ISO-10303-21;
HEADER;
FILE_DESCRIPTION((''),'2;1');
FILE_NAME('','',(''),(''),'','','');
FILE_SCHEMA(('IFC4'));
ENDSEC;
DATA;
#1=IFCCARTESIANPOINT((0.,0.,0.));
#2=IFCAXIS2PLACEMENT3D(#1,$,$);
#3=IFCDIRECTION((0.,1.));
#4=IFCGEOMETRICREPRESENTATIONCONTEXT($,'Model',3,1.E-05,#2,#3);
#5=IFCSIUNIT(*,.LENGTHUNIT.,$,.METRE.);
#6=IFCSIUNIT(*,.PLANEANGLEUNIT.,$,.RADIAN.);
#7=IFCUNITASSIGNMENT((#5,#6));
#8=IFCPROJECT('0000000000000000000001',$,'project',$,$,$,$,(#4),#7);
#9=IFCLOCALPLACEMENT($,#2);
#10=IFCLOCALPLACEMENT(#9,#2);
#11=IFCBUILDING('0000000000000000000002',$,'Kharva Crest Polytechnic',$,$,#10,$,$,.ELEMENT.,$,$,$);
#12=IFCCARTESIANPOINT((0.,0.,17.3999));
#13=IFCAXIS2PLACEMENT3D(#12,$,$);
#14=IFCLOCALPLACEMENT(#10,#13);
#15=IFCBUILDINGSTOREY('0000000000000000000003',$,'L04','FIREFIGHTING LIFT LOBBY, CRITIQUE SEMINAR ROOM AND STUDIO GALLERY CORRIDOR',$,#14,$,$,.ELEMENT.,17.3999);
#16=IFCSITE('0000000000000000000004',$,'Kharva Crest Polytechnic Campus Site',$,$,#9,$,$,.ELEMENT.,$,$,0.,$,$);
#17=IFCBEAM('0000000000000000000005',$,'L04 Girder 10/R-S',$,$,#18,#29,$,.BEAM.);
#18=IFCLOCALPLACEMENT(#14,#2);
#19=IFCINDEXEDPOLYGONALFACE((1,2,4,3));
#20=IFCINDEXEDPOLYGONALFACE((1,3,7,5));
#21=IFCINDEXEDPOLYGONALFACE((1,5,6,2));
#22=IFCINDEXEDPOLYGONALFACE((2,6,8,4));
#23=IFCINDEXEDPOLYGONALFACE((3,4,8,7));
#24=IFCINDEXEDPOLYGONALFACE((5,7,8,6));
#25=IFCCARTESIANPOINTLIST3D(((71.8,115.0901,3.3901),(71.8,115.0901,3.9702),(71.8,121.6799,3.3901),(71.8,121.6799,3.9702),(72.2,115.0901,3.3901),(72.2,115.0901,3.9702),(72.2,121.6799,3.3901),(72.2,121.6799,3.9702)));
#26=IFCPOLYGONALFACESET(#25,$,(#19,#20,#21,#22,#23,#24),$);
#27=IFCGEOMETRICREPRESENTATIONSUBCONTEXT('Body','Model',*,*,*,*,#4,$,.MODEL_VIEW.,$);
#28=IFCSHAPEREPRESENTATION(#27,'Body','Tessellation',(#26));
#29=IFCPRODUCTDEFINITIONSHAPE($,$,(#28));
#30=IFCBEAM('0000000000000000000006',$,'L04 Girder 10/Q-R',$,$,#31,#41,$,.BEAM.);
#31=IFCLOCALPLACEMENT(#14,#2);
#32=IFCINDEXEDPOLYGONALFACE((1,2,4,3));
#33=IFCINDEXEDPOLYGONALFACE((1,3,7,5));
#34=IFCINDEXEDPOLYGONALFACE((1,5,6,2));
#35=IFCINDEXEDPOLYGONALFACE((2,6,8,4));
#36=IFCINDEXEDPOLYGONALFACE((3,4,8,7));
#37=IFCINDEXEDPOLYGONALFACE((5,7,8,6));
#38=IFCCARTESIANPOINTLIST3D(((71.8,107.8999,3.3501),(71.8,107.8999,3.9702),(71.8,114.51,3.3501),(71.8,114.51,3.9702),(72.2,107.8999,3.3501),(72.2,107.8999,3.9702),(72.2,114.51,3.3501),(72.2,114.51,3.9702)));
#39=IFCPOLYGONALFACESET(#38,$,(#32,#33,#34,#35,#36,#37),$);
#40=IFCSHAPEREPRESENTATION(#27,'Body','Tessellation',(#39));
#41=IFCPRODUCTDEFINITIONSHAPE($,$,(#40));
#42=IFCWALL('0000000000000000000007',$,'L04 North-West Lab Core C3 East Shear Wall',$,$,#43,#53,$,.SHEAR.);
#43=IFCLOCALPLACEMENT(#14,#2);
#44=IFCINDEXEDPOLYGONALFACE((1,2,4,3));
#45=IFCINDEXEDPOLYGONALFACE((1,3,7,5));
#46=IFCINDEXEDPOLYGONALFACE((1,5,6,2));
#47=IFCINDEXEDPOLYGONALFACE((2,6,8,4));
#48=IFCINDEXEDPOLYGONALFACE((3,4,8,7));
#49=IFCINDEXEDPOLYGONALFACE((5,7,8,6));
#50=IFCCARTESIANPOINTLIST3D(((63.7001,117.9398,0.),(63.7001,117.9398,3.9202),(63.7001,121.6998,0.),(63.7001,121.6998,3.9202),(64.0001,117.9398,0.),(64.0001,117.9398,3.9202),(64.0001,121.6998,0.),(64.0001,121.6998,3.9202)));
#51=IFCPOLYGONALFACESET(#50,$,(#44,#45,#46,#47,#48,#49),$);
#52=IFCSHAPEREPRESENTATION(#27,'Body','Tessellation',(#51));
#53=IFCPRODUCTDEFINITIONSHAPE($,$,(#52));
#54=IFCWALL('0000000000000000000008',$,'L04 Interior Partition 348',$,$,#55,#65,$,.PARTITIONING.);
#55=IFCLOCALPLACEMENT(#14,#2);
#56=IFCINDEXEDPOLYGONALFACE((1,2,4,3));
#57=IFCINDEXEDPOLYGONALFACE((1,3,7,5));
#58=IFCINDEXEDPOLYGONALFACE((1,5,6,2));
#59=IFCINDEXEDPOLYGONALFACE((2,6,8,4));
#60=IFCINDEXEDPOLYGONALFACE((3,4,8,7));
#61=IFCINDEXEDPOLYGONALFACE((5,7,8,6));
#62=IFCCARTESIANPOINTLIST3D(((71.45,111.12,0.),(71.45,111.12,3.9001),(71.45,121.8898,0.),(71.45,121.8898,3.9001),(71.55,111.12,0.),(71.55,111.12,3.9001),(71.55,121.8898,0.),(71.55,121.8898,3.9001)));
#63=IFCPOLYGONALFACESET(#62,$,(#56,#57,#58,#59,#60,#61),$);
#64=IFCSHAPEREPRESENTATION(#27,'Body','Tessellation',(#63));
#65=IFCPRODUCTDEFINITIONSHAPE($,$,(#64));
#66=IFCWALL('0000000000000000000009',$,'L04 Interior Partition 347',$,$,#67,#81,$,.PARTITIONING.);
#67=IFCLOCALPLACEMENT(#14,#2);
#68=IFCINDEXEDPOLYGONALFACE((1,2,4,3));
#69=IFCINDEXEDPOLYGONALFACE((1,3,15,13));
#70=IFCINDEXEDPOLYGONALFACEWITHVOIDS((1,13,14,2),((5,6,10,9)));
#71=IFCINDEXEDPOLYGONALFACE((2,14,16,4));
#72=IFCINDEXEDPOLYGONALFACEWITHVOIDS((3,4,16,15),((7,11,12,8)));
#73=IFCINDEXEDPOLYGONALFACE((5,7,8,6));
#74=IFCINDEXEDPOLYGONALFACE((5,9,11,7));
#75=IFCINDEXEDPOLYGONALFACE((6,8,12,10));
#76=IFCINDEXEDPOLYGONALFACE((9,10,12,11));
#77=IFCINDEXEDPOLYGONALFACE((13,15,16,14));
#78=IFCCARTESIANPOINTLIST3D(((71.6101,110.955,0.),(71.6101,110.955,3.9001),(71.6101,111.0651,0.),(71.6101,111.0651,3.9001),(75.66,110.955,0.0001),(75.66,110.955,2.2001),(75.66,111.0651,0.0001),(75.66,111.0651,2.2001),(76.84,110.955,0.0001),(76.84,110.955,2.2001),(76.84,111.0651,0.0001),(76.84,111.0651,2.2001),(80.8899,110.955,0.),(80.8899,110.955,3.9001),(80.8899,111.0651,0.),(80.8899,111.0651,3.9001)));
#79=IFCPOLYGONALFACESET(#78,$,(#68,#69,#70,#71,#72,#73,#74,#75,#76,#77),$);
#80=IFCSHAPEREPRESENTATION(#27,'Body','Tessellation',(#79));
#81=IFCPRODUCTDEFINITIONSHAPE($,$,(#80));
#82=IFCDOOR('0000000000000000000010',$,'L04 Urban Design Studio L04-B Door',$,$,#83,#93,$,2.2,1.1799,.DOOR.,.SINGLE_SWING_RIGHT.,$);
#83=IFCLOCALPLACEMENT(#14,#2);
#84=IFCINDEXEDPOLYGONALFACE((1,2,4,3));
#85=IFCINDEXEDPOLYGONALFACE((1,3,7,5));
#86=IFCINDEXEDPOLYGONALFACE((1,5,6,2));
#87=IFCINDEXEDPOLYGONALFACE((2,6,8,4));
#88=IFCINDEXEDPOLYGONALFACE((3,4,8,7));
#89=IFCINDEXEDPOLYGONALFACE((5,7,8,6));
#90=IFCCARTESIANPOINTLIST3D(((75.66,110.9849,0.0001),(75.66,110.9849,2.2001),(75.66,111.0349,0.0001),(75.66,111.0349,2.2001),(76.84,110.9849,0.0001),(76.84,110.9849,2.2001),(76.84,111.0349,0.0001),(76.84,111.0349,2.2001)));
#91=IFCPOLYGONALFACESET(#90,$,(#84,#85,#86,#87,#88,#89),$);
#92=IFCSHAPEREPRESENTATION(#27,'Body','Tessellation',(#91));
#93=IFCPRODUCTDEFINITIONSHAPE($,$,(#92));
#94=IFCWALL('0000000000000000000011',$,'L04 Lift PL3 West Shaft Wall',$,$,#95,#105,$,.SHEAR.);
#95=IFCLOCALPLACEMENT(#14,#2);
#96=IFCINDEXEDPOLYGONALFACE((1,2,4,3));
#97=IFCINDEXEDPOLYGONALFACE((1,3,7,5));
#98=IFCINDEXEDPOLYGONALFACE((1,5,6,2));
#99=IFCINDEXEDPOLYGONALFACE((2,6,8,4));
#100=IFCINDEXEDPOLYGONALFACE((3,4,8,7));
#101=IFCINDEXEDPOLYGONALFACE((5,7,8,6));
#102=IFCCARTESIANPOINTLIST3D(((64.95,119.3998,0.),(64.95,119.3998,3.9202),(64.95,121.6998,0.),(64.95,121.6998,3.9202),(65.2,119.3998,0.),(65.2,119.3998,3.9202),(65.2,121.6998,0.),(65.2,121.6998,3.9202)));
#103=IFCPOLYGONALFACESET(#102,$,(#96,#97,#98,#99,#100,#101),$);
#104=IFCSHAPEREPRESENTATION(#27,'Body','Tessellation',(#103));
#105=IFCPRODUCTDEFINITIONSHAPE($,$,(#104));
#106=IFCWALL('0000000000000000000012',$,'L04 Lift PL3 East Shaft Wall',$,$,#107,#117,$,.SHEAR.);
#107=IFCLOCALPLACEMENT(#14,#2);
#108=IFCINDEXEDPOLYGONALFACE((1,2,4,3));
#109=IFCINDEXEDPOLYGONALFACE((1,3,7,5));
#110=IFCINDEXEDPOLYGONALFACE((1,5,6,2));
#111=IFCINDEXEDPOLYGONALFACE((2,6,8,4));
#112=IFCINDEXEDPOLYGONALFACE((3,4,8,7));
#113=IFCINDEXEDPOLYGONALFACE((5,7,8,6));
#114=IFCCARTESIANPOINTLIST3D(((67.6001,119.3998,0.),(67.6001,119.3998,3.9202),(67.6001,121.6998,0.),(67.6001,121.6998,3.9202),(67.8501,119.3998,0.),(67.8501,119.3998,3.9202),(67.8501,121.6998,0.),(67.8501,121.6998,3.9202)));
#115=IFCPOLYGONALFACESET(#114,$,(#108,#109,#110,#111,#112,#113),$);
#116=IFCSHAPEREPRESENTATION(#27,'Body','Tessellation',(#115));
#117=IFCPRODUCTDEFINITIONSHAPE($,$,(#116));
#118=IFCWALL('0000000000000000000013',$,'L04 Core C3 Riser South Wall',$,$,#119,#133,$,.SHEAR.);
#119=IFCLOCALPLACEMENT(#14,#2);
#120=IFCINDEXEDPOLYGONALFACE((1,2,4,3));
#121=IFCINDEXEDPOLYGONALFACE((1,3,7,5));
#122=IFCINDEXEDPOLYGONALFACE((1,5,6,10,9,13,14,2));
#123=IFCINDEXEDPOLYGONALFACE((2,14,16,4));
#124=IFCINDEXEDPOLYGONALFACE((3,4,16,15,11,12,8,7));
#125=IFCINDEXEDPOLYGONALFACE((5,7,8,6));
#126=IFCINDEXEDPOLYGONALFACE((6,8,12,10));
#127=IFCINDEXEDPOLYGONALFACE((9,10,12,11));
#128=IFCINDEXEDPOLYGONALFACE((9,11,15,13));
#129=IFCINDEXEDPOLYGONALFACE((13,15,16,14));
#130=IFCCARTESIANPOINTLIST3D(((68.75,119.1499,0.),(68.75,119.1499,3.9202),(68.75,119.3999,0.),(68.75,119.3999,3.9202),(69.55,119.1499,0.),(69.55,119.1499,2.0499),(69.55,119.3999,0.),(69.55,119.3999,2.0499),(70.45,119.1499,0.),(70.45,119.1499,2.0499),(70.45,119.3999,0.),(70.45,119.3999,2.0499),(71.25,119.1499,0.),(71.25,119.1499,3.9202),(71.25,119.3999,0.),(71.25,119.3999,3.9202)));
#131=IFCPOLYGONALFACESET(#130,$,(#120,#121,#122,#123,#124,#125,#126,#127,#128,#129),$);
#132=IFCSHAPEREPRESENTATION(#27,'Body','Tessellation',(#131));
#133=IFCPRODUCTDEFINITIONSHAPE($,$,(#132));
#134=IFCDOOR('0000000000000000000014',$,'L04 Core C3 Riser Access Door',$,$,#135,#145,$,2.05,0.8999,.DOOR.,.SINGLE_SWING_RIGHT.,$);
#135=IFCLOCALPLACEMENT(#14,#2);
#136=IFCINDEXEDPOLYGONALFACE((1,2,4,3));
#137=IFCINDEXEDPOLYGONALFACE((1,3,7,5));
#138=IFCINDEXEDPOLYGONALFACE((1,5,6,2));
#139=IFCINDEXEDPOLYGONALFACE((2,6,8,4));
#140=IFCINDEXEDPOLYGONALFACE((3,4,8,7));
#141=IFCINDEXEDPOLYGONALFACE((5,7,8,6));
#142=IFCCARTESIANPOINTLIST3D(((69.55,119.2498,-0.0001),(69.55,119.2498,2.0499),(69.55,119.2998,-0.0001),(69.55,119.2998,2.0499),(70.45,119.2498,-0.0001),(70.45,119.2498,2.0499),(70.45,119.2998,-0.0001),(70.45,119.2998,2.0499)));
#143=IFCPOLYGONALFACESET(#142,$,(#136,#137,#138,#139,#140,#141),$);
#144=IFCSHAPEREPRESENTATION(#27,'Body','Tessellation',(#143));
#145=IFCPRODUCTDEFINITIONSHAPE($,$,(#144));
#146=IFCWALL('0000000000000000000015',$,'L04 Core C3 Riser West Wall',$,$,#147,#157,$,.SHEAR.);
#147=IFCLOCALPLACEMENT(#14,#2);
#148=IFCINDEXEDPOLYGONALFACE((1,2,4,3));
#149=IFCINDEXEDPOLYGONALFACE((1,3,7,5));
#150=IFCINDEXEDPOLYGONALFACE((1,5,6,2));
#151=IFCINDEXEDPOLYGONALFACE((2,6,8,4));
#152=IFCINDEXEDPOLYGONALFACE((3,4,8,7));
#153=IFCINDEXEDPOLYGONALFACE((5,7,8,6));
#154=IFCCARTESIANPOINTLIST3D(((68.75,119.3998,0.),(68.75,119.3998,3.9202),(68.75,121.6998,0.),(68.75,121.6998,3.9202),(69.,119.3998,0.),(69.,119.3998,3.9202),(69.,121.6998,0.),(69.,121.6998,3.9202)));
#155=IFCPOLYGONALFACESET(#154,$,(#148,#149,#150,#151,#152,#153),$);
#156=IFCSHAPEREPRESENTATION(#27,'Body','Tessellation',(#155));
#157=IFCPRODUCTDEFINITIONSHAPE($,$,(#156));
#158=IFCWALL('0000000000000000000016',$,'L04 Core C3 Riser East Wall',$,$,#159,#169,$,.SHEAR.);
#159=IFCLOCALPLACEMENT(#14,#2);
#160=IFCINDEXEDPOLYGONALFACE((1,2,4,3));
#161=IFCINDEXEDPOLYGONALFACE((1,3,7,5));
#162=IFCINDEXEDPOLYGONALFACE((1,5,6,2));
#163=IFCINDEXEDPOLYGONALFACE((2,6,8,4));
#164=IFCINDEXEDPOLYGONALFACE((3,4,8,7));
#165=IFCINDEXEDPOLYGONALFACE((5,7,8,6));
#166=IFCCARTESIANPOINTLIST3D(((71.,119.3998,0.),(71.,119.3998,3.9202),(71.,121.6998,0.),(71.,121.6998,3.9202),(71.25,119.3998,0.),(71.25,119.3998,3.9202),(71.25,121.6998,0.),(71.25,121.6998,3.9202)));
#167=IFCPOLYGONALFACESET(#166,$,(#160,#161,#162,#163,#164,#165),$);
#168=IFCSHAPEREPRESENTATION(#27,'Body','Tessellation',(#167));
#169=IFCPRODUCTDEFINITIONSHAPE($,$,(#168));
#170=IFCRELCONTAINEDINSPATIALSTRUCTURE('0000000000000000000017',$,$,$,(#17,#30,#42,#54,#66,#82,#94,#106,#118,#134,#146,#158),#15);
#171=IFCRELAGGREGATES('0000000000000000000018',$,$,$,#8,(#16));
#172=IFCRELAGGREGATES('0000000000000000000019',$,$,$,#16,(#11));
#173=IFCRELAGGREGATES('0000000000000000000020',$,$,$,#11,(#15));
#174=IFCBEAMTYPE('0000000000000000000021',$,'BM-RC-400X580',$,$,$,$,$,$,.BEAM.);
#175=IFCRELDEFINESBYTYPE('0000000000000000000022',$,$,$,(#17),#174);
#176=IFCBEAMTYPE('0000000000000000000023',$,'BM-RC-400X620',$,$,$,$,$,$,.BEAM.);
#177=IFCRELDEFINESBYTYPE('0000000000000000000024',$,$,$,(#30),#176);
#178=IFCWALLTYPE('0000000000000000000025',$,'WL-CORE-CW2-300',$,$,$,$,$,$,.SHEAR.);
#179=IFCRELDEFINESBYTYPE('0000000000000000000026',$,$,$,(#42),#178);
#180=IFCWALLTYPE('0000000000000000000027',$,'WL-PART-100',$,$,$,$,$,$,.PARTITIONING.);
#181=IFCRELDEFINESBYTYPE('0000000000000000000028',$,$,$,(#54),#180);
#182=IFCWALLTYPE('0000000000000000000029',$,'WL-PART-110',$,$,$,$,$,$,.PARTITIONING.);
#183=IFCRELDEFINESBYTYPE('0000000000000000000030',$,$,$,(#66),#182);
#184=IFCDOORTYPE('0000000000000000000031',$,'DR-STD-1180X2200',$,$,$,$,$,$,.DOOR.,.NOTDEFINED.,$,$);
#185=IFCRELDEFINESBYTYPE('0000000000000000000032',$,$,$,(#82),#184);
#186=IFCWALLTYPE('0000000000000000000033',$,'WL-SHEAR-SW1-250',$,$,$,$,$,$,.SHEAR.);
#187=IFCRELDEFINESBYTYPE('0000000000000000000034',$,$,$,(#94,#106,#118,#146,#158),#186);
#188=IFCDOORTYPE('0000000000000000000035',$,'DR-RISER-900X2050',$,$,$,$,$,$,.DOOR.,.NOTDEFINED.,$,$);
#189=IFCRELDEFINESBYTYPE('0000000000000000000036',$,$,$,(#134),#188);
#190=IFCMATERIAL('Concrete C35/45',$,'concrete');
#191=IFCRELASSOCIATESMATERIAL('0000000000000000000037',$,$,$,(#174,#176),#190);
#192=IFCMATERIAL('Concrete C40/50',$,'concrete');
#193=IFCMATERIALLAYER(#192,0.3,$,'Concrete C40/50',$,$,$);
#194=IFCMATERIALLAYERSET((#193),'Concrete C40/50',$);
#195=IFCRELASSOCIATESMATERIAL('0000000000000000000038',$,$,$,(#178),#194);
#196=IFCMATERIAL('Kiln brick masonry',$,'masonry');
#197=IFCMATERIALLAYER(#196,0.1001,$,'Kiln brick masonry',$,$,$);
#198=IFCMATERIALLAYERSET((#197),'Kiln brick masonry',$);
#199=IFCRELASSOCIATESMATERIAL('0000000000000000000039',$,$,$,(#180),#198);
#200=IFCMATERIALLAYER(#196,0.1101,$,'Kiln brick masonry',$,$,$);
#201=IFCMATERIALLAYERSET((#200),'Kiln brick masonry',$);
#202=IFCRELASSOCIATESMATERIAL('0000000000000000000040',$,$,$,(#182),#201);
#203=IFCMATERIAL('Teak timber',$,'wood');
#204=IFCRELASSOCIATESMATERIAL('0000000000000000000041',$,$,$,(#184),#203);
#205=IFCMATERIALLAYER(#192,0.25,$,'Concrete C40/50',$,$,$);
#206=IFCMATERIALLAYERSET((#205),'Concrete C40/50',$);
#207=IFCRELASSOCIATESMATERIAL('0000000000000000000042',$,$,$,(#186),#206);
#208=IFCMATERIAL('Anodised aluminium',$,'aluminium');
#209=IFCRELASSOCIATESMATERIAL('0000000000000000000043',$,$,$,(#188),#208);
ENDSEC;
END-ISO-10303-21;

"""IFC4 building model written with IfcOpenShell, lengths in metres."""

from ifc_helpers import new_model, si_unit, direction, frame, frame_2d, origin, origin_2d, place, context, subcontext, project, spatial, rectangle, extrude, material, layer, layer_set, material_profile, profile_set, type_object, element, fill, save


model = new_model("IFC4")

# Units and contexts
model_context = context("Model", 3, precision=1e-05, world=origin(), true_north=direction((0.0, 1.0)))
body_context = subcontext(model_context, "Body", "Model", "MODEL_VIEW")
ifc_project = project(units=[si_unit("LENGTHUNIT", "METRE"), si_unit("PLANEANGLEUNIT", "RADIAN")], contexts=[model_context])

# Site, building, storey
site_placement = place(None, origin())
site = spatial("IfcSite", under=ifc_project, at=site_placement, Name="Kharva Crest Polytechnic Campus Site", CompositionType="ELEMENT", RefElevation=0.0)
building_placement = place(site_placement, origin())
building = spatial("IfcBuilding", under=site, at=building_placement, Name="Kharva Crest Polytechnic", CompositionType="ELEMENT")
storey_placement = place(building_placement, frame((0.0, 0.0, 17.3999)))
storey = spatial("IfcBuildingStorey", under=building, at=storey_placement, Name="L04", Description="FIREFIGHTING LIFT LOBBY, CRITIQUE SEMINAR ROOM AND STUDIO GALLERY CORRIDOR", CompositionType="ELEMENT", Elevation=17.3999)

# Shared definitions
ifc_material_1 = material(Name="Concrete C40/50", Category="concrete")

# Beams
ifc_material_2 = material(Name="Concrete C35/45", Category="concrete")
ifc_material_profile_1 = material_profile(ifc_material_2, rectangle(XDim=0.3999, YDim=0.5801, at=origin_2d()), Name="RECT 400 X 580")
ifc_profile_set_1 = profile_set([ifc_material_profile_1], Name="Concrete C35/45")
beam_type_1 = type_object("IfcBeamType", Name="BM-RC-400X580", PredefinedType="BEAM", material=ifc_profile_set_1)
beam_1_placement = place(storey_placement, frame((72.0, 115.0901, 3.6802), z_axis=(0.0, 1.0, 0.0), x_axis=(-1.0, 0.0, 0.0)))
element("IfcBeam", 1, at=beam_1_placement, inside=storey, type_object=beam_type_1, Name="L04 Girder 10/R-S", PredefinedType="BEAM", context=body_context, shape_type="SweptSolid", body=[
    extrude(rectangle(XDim=0.3999, YDim=0.5801, at=origin_2d()), origin(), (0.0, 0.0, 1.0), 6.5898),
])
ifc_material_profile_2 = material_profile(ifc_material_2, rectangle(XDim=0.3999, YDim=0.6201, at=origin_2d()), Name="RECT 400 X 620")
ifc_profile_set_2 = profile_set([ifc_material_profile_2], Name="Concrete C35/45")
beam_type_2 = type_object("IfcBeamType", Name="BM-RC-400X620", PredefinedType="BEAM", material=ifc_profile_set_2)
beam_2_placement = place(storey_placement, frame((72.0, 107.8999, 3.6602), z_axis=(0.0, 1.0, 0.0), x_axis=(-1.0, 0.0, 0.0)))
element("IfcBeam", 2, at=beam_2_placement, inside=storey, type_object=beam_type_2, Name="L04 Girder 10/Q-R", PredefinedType="BEAM", context=body_context, shape_type="SweptSolid", body=[
    extrude(rectangle(XDim=0.3999, YDim=0.6201, at=origin_2d()), origin(), (0.0, 0.0, 1.0), 6.6101),
])

# Walls
ifc_layer_1 = layer(ifc_material_1, 0.3, Name="Concrete C40/50")
ifc_layer_set_1 = layer_set([ifc_layer_1], Name="Concrete C40/50")
wall_type_1 = type_object("IfcWallType", Name="WL-CORE-CW2-300", PredefinedType="SHEAR", material=ifc_layer_set_1)
wall_1_placement = place(storey_placement, frame((63.8501, 117.9399, 0.0), z_axis=(0.0, 0.0, 1.0), x_axis=(0.0, 1.0, 0.0)))
element("IfcWall", 3, at=wall_1_placement, inside=storey, type_object=wall_type_1, Name="L04 North-West Lab Core C3 East Shear Wall", PredefinedType="SHEAR", context=body_context, shape_type="SweptSolid", body=[
    extrude(rectangle(XDim=3.76, YDim=0.3, at=frame_2d((1.8799, 0.0))), origin(), (0.0, 0.0, 1.0), 3.9202),
])
ifc_material_3 = material(Name="Kiln brick masonry", Category="masonry")
ifc_layer_2 = layer(ifc_material_3, 0.1001, Name="Kiln brick masonry")
ifc_layer_set_2 = layer_set([ifc_layer_2], Name="Kiln brick masonry")
wall_type_2 = type_object("IfcWallType", Name="WL-PART-100", PredefinedType="PARTITIONING", material=ifc_layer_set_2)
wall_2_placement = place(storey_placement, frame((71.5, 111.1201, 0.0), z_axis=(0.0, 0.0, 1.0), x_axis=(0.0, 1.0, 0.0)))
element("IfcWall", 4, at=wall_2_placement, inside=storey, type_object=wall_type_2, Name="L04 Interior Partition 348", PredefinedType="PARTITIONING", context=body_context, shape_type="SweptSolid", body=[
    extrude(rectangle(XDim=10.7698, YDim=0.1001, at=frame_2d((5.3848, 0.0))), origin(), (0.0, 0.0, 1.0), 3.9001),
])

# Wall, opening, door
ifc_layer_3 = layer(ifc_material_3, 0.1101, Name="Kiln brick masonry")
ifc_layer_set_3 = layer_set([ifc_layer_3], Name="Kiln brick masonry")
wall_type_3 = type_object("IfcWallType", Name="WL-PART-110", PredefinedType="PARTITIONING", material=ifc_layer_set_3)
wall_3_placement = place(storey_placement, frame((71.6101, 111.01, 0.0), z_axis=(0.0, 0.0, 1.0), x_axis=(1.0, 0.0, 0.0)))
wall_3 = element("IfcWall", 5, at=wall_3_placement, inside=storey, type_object=wall_type_3, Name="L04 Interior Partition 347", PredefinedType="PARTITIONING", context=body_context, shape_type="SweptSolid", body=[
    extrude(rectangle(XDim=9.2798, YDim=0.1101, at=frame_2d((4.6399, 0.0))), origin(), (0.0, 0.0, 1.0), 3.9001),
])
opening_1_placement = place(wall_3_placement, frame((4.05, 0.0, 0.0)))
opening_1 = element("IfcOpeningElement", 6, at=opening_1_placement, cuts=wall_3, PredefinedType="OPENING", context=body_context, shape_type="SweptSolid", body=[
    extrude(rectangle(XDim=1.1799, YDim=2.2, at=frame_2d((0.5898, 1.1001))), frame((0.0, 0.0649, 0.0), z_axis=(0.0, -1.0, 0.0), x_axis=(1.0, 0.0, 0.0)), (0.0, 0.0, 1.0), 0.1301),
])
ifc_material_4 = material(Name="Teak timber", Category="wood")
door_type_1 = type_object("IfcDoorType", Name="DR-STD-1180X2200", OperationType="NOTDEFINED", PredefinedType="DOOR", material=ifc_material_4)
door_1_placement = place(opening_1_placement, origin())
door_1 = element("IfcDoor", 7, at=door_1_placement, inside=storey, type_object=door_type_1, Name="L04 Urban Design Studio L04-B Door", OperationType="SINGLE_SWING_RIGHT", OverallHeight=2.2, OverallWidth=1.1799, PredefinedType="DOOR", context=body_context, shape_type="SweptSolid", body=[
    extrude(rectangle(XDim=1.1799, YDim=2.2, at=frame_2d((0.5898, 1.1001))), frame((0.0, 0.0249, 0.0), z_axis=(0.0, -1.0, 0.0), x_axis=(1.0, 0.0, 0.0)), (0.0, 0.0, 1.0), 0.05),
])
fill(opening_1, door_1)
ifc_layer_4 = layer(ifc_material_1, 0.25, Name="Concrete C40/50")
ifc_layer_set_4 = layer_set([ifc_layer_4], Name="Concrete C40/50")
wall_type_4 = type_object("IfcWallType", Name="WL-SHEAR-SW1-250", PredefinedType="SHEAR", material=ifc_layer_set_4)
ifc_material_5 = material(Name="Anodised aluminium", Category="aluminium")

# Walls
for number, where, z_axis, x_axis, name in (
    (8, (65.075, 119.3999, 0.0), (0.0, 0.0, 1.0), (0.0, 1.0, 0.0), "L04 Lift PL3 West Shaft Wall"),
    (9, (67.7251, 119.3999, 0.0), (0.0, 0.0, 1.0), (0.0, 1.0, 0.0), "L04 Lift PL3 East Shaft Wall"),
):
    element("IfcWall", number, at=place(storey_placement, frame(where, z_axis=z_axis, x_axis=x_axis)), inside=storey, type_object=wall_type_4, Name=name, PredefinedType="SHEAR", context=body_context, shape_type="SweptSolid", body=[
        extrude(rectangle(XDim=2.3, YDim=0.25, at=frame_2d((1.1499, 0.0))), origin(), (0.0, 0.0, 1.0), 3.9202),
    ])

# Wall, opening, door
wall_4_placement = place(storey_placement, frame((68.75, 119.2749, 0.0), z_axis=(0.0, 0.0, 1.0), x_axis=(1.0, 0.0, 0.0)))
wall_4 = element("IfcWall", 10, at=wall_4_placement, inside=storey, type_object=wall_type_4, Name="L04 Core C3 Riser South Wall", PredefinedType="SHEAR", context=body_context, shape_type="SweptSolid", body=[
    extrude(rectangle(XDim=2.5, YDim=0.25, at=frame_2d((1.25, 0.0))), origin(), (0.0, 0.0, 1.0), 3.9202),
])
opening_2_placement = place(wall_4_placement, frame((0.8, 0.0, 0.0)))
opening_2 = element("IfcOpeningElement", 11, at=opening_2_placement, cuts=wall_4, PredefinedType="OPENING", context=body_context, shape_type="SweptSolid", body=[
    extrude(rectangle(XDim=0.8999, YDim=2.05, at=frame_2d((0.45, 1.0249))), frame((0.0, 0.135, 0.0), z_axis=(0.0, -1.0, 0.0), x_axis=(1.0, 0.0, 0.0)), (0.0, 0.0, 1.0), 0.27),
])
door_type_2 = type_object("IfcDoorType", Name="DR-RISER-900X2050", OperationType="NOTDEFINED", PredefinedType="DOOR", material=ifc_material_5)
door_2_placement = place(opening_2_placement, origin())
door_2 = element("IfcDoor", 12, at=door_2_placement, inside=storey, type_object=door_type_2, Name="L04 Core C3 Riser Access Door", OperationType="SINGLE_SWING_RIGHT", OverallHeight=2.05, OverallWidth=0.8999, PredefinedType="DOOR", context=body_context, shape_type="SweptSolid", body=[
    extrude(rectangle(XDim=0.8999, YDim=2.05, at=frame_2d((0.45, 1.0249))), frame((0.0, 0.0249, 0.0), z_axis=(0.0, -1.0, 0.0), x_axis=(1.0, 0.0, 0.0)), (0.0, 0.0, 1.0), 0.05),
])
fill(opening_2, door_2)

# Walls
for number, where, z_axis, x_axis, name in (
    (13, (68.875, 119.3999, 0.0), (0.0, 0.0, 1.0), (0.0, 1.0, 0.0), "L04 Core C3 Riser West Wall"),
    (14, (71.125, 119.3999, 0.0), (0.0, 0.0, 1.0), (0.0, 1.0, 0.0), "L04 Core C3 Riser East Wall"),
):
    element("IfcWall", number, at=place(storey_placement, frame(where, z_axis=z_axis, x_axis=x_axis)), inside=storey, type_object=wall_type_4, Name=name, PredefinedType="SHEAR", context=body_context, shape_type="SweptSolid", body=[
        extrude(rectangle(XDim=2.3, YDim=0.25, at=frame_2d((1.1499, 0.0))), origin(), (0.0, 0.0, 1.0), 3.9202),
    ])

save(model, "model.ifc")
